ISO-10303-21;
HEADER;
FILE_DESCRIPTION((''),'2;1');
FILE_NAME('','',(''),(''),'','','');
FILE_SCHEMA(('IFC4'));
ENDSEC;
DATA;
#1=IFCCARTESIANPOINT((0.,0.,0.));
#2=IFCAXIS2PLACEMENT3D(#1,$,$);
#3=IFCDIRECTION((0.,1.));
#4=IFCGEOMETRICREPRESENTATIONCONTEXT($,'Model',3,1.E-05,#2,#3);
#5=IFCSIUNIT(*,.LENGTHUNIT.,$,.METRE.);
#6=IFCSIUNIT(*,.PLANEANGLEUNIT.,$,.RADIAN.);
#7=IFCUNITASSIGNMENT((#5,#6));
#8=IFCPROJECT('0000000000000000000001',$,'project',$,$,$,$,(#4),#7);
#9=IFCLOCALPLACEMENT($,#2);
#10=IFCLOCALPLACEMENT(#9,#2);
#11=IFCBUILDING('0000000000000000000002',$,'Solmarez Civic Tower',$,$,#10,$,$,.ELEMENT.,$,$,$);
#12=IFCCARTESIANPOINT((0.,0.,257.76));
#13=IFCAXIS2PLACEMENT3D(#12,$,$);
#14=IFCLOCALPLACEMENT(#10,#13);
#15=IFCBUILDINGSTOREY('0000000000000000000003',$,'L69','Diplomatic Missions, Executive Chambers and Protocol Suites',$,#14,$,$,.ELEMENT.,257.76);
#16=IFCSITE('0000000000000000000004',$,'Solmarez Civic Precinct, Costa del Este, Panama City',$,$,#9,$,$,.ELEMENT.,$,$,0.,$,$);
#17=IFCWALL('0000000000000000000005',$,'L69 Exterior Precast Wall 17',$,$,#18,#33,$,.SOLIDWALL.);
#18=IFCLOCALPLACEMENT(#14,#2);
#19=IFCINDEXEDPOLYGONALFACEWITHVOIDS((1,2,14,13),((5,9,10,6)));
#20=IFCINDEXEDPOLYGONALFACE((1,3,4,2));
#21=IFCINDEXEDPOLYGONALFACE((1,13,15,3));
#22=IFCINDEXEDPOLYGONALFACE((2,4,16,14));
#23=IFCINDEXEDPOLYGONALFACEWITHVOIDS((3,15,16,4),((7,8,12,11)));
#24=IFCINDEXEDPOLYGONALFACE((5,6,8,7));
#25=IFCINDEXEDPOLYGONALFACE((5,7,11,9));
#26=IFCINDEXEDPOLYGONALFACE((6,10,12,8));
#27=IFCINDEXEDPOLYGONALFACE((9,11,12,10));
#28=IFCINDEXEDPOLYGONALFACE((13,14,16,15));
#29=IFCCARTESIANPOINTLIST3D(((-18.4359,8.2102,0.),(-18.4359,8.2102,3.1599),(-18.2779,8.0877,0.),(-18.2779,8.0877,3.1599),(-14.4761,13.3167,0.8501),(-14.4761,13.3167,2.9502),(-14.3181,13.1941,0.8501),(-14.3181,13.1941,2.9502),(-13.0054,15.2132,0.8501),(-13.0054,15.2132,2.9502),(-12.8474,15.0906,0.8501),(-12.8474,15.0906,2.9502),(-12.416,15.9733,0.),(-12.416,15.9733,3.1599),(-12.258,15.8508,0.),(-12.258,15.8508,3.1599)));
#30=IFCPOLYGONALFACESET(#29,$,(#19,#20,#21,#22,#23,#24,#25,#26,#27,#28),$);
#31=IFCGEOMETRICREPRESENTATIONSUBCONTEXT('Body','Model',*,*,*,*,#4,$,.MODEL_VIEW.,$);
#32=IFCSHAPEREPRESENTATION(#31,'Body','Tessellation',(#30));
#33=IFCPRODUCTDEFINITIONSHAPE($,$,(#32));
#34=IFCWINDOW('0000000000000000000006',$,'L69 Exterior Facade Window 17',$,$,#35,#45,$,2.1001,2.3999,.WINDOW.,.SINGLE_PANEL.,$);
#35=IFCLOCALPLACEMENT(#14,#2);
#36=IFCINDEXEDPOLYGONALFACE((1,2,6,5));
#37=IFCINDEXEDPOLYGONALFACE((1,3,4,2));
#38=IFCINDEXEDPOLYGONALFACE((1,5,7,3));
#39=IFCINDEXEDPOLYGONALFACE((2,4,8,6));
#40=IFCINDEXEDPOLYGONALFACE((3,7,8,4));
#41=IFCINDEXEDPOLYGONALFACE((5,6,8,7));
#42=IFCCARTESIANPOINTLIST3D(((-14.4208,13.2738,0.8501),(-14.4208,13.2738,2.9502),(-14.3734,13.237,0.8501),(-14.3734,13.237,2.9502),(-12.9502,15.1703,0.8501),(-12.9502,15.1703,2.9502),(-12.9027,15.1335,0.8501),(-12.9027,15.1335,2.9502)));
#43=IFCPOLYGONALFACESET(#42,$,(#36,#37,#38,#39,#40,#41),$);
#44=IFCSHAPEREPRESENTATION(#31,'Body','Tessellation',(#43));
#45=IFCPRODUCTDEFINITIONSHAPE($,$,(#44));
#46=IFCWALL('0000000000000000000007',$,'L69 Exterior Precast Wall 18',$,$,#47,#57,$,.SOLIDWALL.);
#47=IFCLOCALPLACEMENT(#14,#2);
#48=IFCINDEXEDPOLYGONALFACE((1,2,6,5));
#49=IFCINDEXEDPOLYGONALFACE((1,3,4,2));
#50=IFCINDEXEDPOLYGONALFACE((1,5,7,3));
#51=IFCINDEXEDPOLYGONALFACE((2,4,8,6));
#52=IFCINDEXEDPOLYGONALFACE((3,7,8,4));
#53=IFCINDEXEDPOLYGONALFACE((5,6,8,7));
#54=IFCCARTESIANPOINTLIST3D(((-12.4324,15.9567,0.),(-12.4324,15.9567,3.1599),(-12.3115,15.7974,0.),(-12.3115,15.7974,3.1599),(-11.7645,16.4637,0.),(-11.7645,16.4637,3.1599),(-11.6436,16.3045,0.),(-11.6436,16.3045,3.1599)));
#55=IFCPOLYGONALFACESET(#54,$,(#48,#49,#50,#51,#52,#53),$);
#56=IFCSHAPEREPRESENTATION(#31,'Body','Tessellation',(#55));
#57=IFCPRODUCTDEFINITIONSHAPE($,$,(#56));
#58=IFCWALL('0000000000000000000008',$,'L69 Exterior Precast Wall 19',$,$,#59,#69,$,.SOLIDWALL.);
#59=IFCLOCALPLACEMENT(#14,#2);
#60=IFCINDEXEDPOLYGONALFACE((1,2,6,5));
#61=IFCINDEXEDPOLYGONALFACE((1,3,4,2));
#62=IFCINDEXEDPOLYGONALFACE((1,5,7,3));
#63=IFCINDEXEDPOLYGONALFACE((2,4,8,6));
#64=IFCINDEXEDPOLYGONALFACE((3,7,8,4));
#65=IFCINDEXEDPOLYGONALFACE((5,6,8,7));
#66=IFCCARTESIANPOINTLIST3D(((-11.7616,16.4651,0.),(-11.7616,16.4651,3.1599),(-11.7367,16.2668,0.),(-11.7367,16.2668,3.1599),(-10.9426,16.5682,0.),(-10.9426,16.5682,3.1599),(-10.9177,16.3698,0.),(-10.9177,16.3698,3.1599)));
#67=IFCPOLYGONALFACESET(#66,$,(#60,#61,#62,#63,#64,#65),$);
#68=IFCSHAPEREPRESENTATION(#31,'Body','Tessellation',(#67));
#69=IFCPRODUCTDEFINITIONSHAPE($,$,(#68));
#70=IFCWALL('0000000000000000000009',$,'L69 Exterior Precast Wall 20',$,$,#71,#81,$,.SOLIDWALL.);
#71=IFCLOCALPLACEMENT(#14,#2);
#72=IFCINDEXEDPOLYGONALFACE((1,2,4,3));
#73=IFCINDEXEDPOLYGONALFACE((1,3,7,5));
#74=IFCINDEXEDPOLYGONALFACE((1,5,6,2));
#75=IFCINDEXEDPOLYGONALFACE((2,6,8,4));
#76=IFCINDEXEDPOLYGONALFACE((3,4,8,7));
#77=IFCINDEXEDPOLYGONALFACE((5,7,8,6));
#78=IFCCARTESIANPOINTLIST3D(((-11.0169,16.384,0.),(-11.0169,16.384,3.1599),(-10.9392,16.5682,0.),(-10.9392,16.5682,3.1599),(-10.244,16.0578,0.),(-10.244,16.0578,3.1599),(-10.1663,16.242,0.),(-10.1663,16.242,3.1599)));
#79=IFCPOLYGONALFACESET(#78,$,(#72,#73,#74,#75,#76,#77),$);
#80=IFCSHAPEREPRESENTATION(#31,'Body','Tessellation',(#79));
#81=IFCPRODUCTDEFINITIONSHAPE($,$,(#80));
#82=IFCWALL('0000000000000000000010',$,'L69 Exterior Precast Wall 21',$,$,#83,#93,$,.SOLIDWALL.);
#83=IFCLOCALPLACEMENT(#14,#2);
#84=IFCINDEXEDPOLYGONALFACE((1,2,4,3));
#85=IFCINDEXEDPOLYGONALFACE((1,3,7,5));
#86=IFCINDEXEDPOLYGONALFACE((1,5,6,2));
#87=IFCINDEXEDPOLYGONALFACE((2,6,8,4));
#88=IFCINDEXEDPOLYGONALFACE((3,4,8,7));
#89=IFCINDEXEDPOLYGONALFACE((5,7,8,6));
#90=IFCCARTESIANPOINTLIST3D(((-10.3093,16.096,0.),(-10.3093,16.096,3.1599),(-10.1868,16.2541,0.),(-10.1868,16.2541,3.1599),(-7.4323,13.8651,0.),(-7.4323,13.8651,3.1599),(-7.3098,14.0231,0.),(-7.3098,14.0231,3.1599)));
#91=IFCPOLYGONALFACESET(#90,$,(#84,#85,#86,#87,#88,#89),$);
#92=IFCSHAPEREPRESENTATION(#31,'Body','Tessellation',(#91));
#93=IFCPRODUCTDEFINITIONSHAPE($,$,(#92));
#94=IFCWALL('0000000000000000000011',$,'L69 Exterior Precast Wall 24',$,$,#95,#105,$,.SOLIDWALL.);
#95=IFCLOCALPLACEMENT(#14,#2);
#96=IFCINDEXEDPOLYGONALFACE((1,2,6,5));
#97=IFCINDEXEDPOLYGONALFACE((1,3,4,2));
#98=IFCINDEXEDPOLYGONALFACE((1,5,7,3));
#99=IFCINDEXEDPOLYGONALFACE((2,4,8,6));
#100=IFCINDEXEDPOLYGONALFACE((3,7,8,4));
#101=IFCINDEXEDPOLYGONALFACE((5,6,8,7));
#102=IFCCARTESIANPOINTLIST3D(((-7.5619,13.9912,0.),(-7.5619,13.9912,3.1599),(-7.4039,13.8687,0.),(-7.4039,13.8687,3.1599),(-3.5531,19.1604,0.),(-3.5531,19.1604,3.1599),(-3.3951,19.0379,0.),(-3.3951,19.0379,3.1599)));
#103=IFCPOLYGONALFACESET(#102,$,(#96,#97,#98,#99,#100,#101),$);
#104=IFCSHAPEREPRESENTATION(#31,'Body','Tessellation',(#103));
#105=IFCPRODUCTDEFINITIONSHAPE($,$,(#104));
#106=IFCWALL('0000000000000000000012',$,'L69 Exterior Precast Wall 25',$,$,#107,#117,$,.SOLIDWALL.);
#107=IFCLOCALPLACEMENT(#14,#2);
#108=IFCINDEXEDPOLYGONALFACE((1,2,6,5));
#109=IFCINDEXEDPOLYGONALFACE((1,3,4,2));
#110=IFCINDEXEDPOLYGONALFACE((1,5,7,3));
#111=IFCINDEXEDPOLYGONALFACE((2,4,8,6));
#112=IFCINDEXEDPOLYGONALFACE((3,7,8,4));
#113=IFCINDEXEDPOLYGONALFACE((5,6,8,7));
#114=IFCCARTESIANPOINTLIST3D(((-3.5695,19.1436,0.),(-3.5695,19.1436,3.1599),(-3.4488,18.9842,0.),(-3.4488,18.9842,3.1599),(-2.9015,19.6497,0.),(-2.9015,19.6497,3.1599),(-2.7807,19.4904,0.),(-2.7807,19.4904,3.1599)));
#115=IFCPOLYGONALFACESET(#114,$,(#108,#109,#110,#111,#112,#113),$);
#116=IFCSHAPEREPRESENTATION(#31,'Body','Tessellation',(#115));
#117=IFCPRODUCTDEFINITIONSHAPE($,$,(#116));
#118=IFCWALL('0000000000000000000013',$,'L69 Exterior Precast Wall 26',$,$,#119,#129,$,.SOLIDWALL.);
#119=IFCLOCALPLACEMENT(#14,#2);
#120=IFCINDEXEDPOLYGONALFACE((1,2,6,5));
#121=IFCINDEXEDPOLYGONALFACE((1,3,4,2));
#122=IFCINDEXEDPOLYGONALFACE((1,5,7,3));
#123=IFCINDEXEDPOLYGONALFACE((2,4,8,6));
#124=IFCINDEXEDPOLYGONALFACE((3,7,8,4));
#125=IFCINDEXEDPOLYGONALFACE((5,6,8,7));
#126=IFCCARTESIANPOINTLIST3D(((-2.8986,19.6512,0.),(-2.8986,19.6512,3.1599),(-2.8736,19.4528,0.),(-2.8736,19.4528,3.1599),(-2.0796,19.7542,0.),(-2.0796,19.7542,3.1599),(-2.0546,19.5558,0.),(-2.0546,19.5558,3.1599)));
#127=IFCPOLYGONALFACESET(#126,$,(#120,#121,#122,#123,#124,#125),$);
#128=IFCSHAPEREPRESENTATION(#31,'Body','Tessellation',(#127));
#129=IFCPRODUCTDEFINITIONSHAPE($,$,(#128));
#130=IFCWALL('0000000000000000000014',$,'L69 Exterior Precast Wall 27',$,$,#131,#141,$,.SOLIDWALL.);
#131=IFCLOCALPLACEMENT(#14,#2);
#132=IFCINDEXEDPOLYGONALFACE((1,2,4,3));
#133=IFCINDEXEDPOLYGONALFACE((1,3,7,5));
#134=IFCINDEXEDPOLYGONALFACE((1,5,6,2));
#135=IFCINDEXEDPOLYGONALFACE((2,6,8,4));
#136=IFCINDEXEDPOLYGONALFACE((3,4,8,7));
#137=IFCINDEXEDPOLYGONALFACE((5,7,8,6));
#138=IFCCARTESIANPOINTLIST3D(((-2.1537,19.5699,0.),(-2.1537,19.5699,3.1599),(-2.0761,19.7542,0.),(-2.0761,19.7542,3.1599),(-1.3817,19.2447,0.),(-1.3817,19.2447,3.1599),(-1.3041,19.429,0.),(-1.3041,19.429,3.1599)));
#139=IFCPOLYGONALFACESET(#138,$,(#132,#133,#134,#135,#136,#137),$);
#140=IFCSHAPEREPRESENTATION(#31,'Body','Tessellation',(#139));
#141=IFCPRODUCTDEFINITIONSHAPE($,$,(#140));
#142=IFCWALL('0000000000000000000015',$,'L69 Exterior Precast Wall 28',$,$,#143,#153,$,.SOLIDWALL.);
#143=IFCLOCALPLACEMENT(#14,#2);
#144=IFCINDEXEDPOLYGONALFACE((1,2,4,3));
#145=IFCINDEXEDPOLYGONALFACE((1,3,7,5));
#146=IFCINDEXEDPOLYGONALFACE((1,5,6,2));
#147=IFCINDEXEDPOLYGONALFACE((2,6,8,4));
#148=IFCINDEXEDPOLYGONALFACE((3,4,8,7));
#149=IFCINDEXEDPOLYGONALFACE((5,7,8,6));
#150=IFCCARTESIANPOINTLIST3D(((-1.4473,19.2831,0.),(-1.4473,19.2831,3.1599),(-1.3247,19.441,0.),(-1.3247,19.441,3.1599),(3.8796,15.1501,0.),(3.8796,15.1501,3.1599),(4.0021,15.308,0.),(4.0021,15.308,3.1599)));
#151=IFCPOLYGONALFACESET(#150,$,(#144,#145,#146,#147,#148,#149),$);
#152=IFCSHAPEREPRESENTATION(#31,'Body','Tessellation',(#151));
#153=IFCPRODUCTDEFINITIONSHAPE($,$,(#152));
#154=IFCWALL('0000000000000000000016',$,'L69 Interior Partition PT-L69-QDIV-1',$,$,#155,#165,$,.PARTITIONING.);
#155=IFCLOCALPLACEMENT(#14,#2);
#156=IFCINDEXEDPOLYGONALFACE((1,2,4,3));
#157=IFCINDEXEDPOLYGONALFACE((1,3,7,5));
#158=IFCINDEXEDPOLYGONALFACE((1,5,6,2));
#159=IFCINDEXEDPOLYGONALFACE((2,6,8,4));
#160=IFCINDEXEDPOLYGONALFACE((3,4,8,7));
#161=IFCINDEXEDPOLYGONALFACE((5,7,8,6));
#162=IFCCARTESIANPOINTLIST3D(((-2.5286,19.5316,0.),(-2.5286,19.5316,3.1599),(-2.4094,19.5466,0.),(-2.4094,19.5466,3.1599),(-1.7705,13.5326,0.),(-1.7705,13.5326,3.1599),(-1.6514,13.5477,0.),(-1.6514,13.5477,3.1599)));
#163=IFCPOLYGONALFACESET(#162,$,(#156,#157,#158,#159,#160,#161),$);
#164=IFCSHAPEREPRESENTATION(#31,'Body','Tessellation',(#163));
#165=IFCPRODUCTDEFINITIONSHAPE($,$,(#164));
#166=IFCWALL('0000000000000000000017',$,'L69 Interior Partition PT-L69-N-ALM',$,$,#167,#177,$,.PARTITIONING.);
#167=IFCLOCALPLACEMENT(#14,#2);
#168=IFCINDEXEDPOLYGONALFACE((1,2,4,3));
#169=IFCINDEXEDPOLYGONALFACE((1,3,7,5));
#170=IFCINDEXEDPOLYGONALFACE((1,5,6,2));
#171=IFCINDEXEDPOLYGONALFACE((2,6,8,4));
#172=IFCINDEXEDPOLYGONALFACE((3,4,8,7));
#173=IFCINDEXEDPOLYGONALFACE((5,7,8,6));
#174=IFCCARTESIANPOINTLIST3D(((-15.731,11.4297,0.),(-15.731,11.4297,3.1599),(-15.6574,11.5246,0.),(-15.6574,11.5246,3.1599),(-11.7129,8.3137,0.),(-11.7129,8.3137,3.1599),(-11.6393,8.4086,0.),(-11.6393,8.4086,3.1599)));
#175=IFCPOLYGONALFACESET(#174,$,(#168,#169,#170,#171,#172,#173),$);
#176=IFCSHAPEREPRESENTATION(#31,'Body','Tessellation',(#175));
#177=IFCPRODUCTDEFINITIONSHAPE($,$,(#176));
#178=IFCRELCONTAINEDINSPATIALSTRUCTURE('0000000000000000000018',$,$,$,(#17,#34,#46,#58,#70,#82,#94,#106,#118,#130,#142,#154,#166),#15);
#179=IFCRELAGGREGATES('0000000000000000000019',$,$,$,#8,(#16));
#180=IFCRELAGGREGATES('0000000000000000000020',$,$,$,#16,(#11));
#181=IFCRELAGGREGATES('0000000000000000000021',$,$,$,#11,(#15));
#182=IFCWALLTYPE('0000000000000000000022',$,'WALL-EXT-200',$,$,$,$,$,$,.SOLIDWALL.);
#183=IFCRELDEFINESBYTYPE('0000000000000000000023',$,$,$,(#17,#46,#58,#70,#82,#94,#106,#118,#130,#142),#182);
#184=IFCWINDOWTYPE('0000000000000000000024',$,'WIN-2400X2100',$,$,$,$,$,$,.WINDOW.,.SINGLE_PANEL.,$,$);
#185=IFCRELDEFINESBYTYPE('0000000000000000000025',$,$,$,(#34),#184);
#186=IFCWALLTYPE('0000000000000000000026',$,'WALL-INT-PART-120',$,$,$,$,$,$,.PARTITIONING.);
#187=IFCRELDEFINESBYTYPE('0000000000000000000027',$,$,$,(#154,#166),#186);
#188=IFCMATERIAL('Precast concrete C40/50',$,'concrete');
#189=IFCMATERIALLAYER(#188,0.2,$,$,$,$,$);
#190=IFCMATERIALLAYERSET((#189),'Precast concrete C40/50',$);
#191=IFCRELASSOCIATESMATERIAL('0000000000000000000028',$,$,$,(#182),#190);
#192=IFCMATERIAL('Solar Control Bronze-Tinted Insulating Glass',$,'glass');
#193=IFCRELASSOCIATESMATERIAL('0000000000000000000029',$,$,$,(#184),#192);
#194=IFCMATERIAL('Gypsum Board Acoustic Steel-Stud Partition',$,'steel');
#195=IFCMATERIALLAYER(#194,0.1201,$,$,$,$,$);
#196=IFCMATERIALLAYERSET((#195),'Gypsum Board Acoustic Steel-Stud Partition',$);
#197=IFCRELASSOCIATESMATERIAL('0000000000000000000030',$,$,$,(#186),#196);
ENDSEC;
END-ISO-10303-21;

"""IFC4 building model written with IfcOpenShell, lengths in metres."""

from ifc_helpers import new_model, si_unit, direction, frame, frame_2d, origin, place, context, subcontext, project, spatial, rectangle, extrude, material, layer, layer_set, type_object, element, fill, save


model = new_model("IFC4")

# Units and contexts
model_context = context("Model", 3, precision=1e-05, world=origin(), true_north=direction((0.0, 1.0)))
body_context = subcontext(model_context, "Body", "Model", "MODEL_VIEW")
ifc_project = project(units=[si_unit("LENGTHUNIT", "METRE"), si_unit("PLANEANGLEUNIT", "RADIAN")], contexts=[model_context])

# Site, building, storey
site_placement = place(None, origin())
site = spatial("IfcSite", under=ifc_project, at=site_placement, Name="Solmarez Civic Precinct, Costa del Este, Panama City", CompositionType="ELEMENT", RefElevation=0.0)
building_placement = place(site_placement, origin())
building = spatial("IfcBuilding", under=site, at=building_placement, Name="Solmarez Civic Tower", CompositionType="ELEMENT")
storey_placement = place(building_placement, frame((0.0, 0.0, 257.76)))
storey = spatial("IfcBuildingStorey", under=building, at=storey_placement, Name="L69", Description="Diplomatic Missions, Executive Chambers and Protocol Suites", CompositionType="ELEMENT", Elevation=257.76)

# Shared definitions
ifc_material_1 = material(Name="Precast concrete C40/50", Category="concrete")
ifc_layer_1 = layer(ifc_material_1, 0.2)
ifc_layer_set_1 = layer_set([ifc_layer_1], Name="Precast concrete C40/50")
wall_type_1 = type_object("IfcWallType", Name="WALL-EXT-200", PredefinedType="SOLIDWALL", material=ifc_layer_set_1)

# Wall, opening, window
wall_1_placement = place(storey_placement, frame((-18.3569, 8.1489, 0.0), z_axis=(0.0, 0.0, 1.0), x_axis=(0.612798, 0.79024, 0.0)))
wall_1 = element("IfcWall", 1, at=wall_1_placement, inside=storey, type_object=wall_type_1, Name="L69 Exterior Precast Wall 17", PredefinedType="SOLIDWALL", context=body_context, shape_type="SweptSolid", body=[
    extrude(rectangle(XDim=9.8237, YDim=0.2, at=frame_2d((4.9119, 0.0))), origin(), (0.0, 0.0, 1.0), 3.1599),
])
opening_placement = place(wall_1_placement, frame((6.4619, 0.0, 0.8501)))
opening = element("IfcOpeningElement", 2, at=opening_placement, cuts=wall_1, PredefinedType="OPENING", context=body_context, shape_type="SweptSolid", body=[
    extrude(rectangle(XDim=2.3999, YDim=2.1001, at=frame_2d((1.2, 1.05))), frame((0.0, 0.1099, 0.0), z_axis=(0.0, -1.0, 0.0), x_axis=(1.0, 0.0, 0.0)), (0.0, 0.0, 1.0), 0.22),
])
ifc_material_2 = material(Name="Solar Control Bronze-Tinted Insulating Glass", Category="glass")
window_type = type_object("IfcWindowType", Name="WIN-2400X2100", PartitioningType="SINGLE_PANEL", PredefinedType="WINDOW", material=ifc_material_2)
window_placement = place(opening_placement, origin())
window = element("IfcWindow", 3, at=window_placement, inside=storey, type_object=window_type, Name="L69 Exterior Facade Window 17", OverallHeight=2.1001, OverallWidth=2.3999, PartitioningType="SINGLE_PANEL", PredefinedType="WINDOW", context=body_context, shape_type="SweptSolid", body=[
    extrude(rectangle(XDim=2.3999, YDim=2.1001, at=frame_2d((1.2, 1.05))), frame((0.0, 0.03, 0.0), z_axis=(0.0, -1.0, 0.0), x_axis=(1.0, 0.0, 0.0)), (0.0, 0.0, 1.0), 0.0601),
])
fill(opening, window)

# Walls
wall_2_placement = place(storey_placement, frame((-12.3721, 15.877, 0.0), z_axis=(0.0, 0.0, 1.0), x_axis=(0.796493, 0.604648, 0.0)))
element("IfcWall", 4, at=wall_2_placement, inside=storey, type_object=wall_type_1, Name="L69 Exterior Precast Wall 18", PredefinedType="SOLIDWALL", context=body_context, shape_type="SweptSolid", body=[
    extrude(rectangle(XDim=0.8386, YDim=0.2, at=frame_2d((0.4194, 0.0))), origin(), (0.0, 0.0, 1.0), 3.1599),
])
wall_3_placement = place(storey_placement, frame((-11.749, 16.366, 0.0), z_axis=(0.0, 0.0, 1.0), x_axis=(0.992182, 0.124799, 0.0)))
element("IfcWall", 5, at=wall_3_placement, inside=storey, type_object=wall_type_1, Name="L69 Exterior Precast Wall 19", PredefinedType="SOLIDWALL", context=body_context, shape_type="SweptSolid", body=[
    extrude(rectangle(XDim=0.8254, YDim=0.2, at=frame_2d((0.4126, 0.0))), origin(), (0.0, 0.0, 1.0), 3.1599),
])
wall_4_placement = place(storey_placement, frame((-10.978, 16.4761, 0.0), z_axis=(0.0, 0.0, 1.0), x_axis=(0.921328, -0.388785, 0.0)))
element("IfcWall", 6, at=wall_4_placement, inside=storey, type_object=wall_type_1, Name="L69 Exterior Precast Wall 20", PredefinedType="SOLIDWALL", context=body_context, shape_type="SweptSolid", body=[
    extrude(rectangle(XDim=0.8389, YDim=0.2, at=frame_2d((0.4194, 0.0))), origin(), (0.0, 0.0, 1.0), 3.1599),
])
wall_5_placement = place(storey_placement, frame((-10.248, 16.175, 0.0), z_axis=(0.0, 0.0, 1.0), x_axis=(0.79024, -0.612798, 0.0)))
element("IfcWall", 7, at=wall_5_placement, inside=storey, type_object=wall_type_1, Name="L69 Exterior Precast Wall 21", PredefinedType="SOLIDWALL", context=body_context, shape_type="SweptSolid", body=[
    extrude(rectangle(XDim=3.6406, YDim=0.2, at=frame_2d((1.8203, 0.0))), origin(), (0.0, 0.0, 1.0), 3.1599),
])
wall_6_placement = place(storey_placement, frame((-7.4829, 13.9299, 0.0), z_axis=(0.0, 0.0, 1.0), x_axis=(0.612826, 0.790218, 0.0)))
element("IfcWall", 8, at=wall_6_placement, inside=storey, type_object=wall_type_1, Name="L69 Exterior Precast Wall 24", PredefinedType="SOLIDWALL", context=body_context, shape_type="SweptSolid", body=[
    extrude(rectangle(XDim=6.5415, YDim=0.2, at=frame_2d((3.2708, 0.0))), origin(), (0.0, 0.0, 1.0), 3.1599),
])
wall_7_placement = place(storey_placement, frame((-3.509, 19.064, 0.0), z_axis=(0.0, 0.0, 1.0), x_axis=(0.797054, 0.603908, 0.0)))
element("IfcWall", 9, at=wall_7_placement, inside=storey, type_object=wall_type_1, Name="L69 Exterior Precast Wall 25", PredefinedType="SOLIDWALL", context=body_context, shape_type="SweptSolid", body=[
    extrude(rectangle(XDim=0.8381, YDim=0.2, at=frame_2d((0.4189, 0.0))), origin(), (0.0, 0.0, 1.0), 3.1599),
])
wall_8_placement = place(storey_placement, frame((-2.886, 19.552, 0.0), z_axis=(0.0, 0.0, 1.0), x_axis=(0.992182, 0.124799, 0.0)))
element("IfcWall", 10, at=wall_8_placement, inside=storey, type_object=wall_type_1, Name="L69 Exterior Precast Wall 26", PredefinedType="SOLIDWALL", context=body_context, shape_type="SweptSolid", body=[
    extrude(rectangle(XDim=0.8254, YDim=0.2, at=frame_2d((0.4126, 0.0))), origin(), (0.0, 0.0, 1.0), 3.1599),
])
wall_9_placement = place(storey_placement, frame((-2.115, 19.6621, 0.0), z_axis=(0.0, 0.0, 1.0), x_axis=(0.92157, -0.388213, 0.0)))
element("IfcWall", 11, at=wall_9_placement, inside=storey, type_object=wall_type_1, Name="L69 Exterior Precast Wall 27", PredefinedType="SOLIDWALL", context=body_context, shape_type="SweptSolid", body=[
    extrude(rectangle(XDim=0.8376, YDim=0.2, at=frame_2d((0.4189, 0.0))), origin(), (0.0, 0.0, 1.0), 3.1599),
])
wall_10_placement = place(storey_placement, frame((-1.386, 19.3621, 0.0), z_axis=(0.0, 0.0, 1.0), x_axis=(0.790077, -0.613008, 0.0)))
element("IfcWall", 12, at=wall_10_placement, inside=storey, type_object=wall_type_1, Name="L69 Exterior Precast Wall 28", PredefinedType="SOLIDWALL", context=body_context, shape_type="SweptSolid", body=[
    extrude(rectangle(XDim=6.7422, YDim=0.2, at=frame_2d((3.3711, 0.0))), origin(), (0.0, 0.0, 1.0), 3.1599),
])
ifc_material_3 = material(Name="Gypsum Board Acoustic Steel-Stud Partition", Category="steel")
ifc_layer_2 = layer(ifc_material_3, 0.1201)
ifc_layer_set_2 = layer_set([ifc_layer_2], Name="Gypsum Board Acoustic Steel-Stud Partition")
wall_type_2 = type_object("IfcWallType", Name="WALL-INT-PART-120", PredefinedType="PARTITIONING", material=ifc_layer_set_2)
wall_11_placement = place(storey_placement, frame((-1.7109, 13.54, 0.0), z_axis=(0.0, 0.0, 1.0), x_axis=(-0.125366, 0.992111, 0.0)))
element("IfcWall", 13, at=wall_11_placement, inside=storey, type_object=wall_type_2, Name="L69 Interior Partition PT-L69-QDIV-1", PredefinedType="PARTITIONING", context=body_context, shape_type="SweptSolid", body=[
    extrude(rectangle(XDim=6.0466, YDim=0.1201, at=frame_2d((3.0234, 0.0))), origin(), (0.0, 0.0, 1.0), 3.1599),
])
wall_12_placement = place(storey_placement, frame((-11.676, 8.3611, 0.0), z_axis=(0.0, 0.0, 1.0), x_axis=(-0.790228, 0.612813, 0.0)))
element("IfcWall", 14, at=wall_12_placement, inside=storey, type_object=wall_type_2, Name="L69 Interior Partition PT-L69-N-ALM", PredefinedType="PARTITIONING", context=body_context, shape_type="SweptSolid", body=[
    extrude(rectangle(XDim=5.0847, YDim=0.1201, at=frame_2d((2.5425, 0.0))), origin(), (0.0, 0.0, 1.0), 3.1599),
])

save(model, "model.ifc")
